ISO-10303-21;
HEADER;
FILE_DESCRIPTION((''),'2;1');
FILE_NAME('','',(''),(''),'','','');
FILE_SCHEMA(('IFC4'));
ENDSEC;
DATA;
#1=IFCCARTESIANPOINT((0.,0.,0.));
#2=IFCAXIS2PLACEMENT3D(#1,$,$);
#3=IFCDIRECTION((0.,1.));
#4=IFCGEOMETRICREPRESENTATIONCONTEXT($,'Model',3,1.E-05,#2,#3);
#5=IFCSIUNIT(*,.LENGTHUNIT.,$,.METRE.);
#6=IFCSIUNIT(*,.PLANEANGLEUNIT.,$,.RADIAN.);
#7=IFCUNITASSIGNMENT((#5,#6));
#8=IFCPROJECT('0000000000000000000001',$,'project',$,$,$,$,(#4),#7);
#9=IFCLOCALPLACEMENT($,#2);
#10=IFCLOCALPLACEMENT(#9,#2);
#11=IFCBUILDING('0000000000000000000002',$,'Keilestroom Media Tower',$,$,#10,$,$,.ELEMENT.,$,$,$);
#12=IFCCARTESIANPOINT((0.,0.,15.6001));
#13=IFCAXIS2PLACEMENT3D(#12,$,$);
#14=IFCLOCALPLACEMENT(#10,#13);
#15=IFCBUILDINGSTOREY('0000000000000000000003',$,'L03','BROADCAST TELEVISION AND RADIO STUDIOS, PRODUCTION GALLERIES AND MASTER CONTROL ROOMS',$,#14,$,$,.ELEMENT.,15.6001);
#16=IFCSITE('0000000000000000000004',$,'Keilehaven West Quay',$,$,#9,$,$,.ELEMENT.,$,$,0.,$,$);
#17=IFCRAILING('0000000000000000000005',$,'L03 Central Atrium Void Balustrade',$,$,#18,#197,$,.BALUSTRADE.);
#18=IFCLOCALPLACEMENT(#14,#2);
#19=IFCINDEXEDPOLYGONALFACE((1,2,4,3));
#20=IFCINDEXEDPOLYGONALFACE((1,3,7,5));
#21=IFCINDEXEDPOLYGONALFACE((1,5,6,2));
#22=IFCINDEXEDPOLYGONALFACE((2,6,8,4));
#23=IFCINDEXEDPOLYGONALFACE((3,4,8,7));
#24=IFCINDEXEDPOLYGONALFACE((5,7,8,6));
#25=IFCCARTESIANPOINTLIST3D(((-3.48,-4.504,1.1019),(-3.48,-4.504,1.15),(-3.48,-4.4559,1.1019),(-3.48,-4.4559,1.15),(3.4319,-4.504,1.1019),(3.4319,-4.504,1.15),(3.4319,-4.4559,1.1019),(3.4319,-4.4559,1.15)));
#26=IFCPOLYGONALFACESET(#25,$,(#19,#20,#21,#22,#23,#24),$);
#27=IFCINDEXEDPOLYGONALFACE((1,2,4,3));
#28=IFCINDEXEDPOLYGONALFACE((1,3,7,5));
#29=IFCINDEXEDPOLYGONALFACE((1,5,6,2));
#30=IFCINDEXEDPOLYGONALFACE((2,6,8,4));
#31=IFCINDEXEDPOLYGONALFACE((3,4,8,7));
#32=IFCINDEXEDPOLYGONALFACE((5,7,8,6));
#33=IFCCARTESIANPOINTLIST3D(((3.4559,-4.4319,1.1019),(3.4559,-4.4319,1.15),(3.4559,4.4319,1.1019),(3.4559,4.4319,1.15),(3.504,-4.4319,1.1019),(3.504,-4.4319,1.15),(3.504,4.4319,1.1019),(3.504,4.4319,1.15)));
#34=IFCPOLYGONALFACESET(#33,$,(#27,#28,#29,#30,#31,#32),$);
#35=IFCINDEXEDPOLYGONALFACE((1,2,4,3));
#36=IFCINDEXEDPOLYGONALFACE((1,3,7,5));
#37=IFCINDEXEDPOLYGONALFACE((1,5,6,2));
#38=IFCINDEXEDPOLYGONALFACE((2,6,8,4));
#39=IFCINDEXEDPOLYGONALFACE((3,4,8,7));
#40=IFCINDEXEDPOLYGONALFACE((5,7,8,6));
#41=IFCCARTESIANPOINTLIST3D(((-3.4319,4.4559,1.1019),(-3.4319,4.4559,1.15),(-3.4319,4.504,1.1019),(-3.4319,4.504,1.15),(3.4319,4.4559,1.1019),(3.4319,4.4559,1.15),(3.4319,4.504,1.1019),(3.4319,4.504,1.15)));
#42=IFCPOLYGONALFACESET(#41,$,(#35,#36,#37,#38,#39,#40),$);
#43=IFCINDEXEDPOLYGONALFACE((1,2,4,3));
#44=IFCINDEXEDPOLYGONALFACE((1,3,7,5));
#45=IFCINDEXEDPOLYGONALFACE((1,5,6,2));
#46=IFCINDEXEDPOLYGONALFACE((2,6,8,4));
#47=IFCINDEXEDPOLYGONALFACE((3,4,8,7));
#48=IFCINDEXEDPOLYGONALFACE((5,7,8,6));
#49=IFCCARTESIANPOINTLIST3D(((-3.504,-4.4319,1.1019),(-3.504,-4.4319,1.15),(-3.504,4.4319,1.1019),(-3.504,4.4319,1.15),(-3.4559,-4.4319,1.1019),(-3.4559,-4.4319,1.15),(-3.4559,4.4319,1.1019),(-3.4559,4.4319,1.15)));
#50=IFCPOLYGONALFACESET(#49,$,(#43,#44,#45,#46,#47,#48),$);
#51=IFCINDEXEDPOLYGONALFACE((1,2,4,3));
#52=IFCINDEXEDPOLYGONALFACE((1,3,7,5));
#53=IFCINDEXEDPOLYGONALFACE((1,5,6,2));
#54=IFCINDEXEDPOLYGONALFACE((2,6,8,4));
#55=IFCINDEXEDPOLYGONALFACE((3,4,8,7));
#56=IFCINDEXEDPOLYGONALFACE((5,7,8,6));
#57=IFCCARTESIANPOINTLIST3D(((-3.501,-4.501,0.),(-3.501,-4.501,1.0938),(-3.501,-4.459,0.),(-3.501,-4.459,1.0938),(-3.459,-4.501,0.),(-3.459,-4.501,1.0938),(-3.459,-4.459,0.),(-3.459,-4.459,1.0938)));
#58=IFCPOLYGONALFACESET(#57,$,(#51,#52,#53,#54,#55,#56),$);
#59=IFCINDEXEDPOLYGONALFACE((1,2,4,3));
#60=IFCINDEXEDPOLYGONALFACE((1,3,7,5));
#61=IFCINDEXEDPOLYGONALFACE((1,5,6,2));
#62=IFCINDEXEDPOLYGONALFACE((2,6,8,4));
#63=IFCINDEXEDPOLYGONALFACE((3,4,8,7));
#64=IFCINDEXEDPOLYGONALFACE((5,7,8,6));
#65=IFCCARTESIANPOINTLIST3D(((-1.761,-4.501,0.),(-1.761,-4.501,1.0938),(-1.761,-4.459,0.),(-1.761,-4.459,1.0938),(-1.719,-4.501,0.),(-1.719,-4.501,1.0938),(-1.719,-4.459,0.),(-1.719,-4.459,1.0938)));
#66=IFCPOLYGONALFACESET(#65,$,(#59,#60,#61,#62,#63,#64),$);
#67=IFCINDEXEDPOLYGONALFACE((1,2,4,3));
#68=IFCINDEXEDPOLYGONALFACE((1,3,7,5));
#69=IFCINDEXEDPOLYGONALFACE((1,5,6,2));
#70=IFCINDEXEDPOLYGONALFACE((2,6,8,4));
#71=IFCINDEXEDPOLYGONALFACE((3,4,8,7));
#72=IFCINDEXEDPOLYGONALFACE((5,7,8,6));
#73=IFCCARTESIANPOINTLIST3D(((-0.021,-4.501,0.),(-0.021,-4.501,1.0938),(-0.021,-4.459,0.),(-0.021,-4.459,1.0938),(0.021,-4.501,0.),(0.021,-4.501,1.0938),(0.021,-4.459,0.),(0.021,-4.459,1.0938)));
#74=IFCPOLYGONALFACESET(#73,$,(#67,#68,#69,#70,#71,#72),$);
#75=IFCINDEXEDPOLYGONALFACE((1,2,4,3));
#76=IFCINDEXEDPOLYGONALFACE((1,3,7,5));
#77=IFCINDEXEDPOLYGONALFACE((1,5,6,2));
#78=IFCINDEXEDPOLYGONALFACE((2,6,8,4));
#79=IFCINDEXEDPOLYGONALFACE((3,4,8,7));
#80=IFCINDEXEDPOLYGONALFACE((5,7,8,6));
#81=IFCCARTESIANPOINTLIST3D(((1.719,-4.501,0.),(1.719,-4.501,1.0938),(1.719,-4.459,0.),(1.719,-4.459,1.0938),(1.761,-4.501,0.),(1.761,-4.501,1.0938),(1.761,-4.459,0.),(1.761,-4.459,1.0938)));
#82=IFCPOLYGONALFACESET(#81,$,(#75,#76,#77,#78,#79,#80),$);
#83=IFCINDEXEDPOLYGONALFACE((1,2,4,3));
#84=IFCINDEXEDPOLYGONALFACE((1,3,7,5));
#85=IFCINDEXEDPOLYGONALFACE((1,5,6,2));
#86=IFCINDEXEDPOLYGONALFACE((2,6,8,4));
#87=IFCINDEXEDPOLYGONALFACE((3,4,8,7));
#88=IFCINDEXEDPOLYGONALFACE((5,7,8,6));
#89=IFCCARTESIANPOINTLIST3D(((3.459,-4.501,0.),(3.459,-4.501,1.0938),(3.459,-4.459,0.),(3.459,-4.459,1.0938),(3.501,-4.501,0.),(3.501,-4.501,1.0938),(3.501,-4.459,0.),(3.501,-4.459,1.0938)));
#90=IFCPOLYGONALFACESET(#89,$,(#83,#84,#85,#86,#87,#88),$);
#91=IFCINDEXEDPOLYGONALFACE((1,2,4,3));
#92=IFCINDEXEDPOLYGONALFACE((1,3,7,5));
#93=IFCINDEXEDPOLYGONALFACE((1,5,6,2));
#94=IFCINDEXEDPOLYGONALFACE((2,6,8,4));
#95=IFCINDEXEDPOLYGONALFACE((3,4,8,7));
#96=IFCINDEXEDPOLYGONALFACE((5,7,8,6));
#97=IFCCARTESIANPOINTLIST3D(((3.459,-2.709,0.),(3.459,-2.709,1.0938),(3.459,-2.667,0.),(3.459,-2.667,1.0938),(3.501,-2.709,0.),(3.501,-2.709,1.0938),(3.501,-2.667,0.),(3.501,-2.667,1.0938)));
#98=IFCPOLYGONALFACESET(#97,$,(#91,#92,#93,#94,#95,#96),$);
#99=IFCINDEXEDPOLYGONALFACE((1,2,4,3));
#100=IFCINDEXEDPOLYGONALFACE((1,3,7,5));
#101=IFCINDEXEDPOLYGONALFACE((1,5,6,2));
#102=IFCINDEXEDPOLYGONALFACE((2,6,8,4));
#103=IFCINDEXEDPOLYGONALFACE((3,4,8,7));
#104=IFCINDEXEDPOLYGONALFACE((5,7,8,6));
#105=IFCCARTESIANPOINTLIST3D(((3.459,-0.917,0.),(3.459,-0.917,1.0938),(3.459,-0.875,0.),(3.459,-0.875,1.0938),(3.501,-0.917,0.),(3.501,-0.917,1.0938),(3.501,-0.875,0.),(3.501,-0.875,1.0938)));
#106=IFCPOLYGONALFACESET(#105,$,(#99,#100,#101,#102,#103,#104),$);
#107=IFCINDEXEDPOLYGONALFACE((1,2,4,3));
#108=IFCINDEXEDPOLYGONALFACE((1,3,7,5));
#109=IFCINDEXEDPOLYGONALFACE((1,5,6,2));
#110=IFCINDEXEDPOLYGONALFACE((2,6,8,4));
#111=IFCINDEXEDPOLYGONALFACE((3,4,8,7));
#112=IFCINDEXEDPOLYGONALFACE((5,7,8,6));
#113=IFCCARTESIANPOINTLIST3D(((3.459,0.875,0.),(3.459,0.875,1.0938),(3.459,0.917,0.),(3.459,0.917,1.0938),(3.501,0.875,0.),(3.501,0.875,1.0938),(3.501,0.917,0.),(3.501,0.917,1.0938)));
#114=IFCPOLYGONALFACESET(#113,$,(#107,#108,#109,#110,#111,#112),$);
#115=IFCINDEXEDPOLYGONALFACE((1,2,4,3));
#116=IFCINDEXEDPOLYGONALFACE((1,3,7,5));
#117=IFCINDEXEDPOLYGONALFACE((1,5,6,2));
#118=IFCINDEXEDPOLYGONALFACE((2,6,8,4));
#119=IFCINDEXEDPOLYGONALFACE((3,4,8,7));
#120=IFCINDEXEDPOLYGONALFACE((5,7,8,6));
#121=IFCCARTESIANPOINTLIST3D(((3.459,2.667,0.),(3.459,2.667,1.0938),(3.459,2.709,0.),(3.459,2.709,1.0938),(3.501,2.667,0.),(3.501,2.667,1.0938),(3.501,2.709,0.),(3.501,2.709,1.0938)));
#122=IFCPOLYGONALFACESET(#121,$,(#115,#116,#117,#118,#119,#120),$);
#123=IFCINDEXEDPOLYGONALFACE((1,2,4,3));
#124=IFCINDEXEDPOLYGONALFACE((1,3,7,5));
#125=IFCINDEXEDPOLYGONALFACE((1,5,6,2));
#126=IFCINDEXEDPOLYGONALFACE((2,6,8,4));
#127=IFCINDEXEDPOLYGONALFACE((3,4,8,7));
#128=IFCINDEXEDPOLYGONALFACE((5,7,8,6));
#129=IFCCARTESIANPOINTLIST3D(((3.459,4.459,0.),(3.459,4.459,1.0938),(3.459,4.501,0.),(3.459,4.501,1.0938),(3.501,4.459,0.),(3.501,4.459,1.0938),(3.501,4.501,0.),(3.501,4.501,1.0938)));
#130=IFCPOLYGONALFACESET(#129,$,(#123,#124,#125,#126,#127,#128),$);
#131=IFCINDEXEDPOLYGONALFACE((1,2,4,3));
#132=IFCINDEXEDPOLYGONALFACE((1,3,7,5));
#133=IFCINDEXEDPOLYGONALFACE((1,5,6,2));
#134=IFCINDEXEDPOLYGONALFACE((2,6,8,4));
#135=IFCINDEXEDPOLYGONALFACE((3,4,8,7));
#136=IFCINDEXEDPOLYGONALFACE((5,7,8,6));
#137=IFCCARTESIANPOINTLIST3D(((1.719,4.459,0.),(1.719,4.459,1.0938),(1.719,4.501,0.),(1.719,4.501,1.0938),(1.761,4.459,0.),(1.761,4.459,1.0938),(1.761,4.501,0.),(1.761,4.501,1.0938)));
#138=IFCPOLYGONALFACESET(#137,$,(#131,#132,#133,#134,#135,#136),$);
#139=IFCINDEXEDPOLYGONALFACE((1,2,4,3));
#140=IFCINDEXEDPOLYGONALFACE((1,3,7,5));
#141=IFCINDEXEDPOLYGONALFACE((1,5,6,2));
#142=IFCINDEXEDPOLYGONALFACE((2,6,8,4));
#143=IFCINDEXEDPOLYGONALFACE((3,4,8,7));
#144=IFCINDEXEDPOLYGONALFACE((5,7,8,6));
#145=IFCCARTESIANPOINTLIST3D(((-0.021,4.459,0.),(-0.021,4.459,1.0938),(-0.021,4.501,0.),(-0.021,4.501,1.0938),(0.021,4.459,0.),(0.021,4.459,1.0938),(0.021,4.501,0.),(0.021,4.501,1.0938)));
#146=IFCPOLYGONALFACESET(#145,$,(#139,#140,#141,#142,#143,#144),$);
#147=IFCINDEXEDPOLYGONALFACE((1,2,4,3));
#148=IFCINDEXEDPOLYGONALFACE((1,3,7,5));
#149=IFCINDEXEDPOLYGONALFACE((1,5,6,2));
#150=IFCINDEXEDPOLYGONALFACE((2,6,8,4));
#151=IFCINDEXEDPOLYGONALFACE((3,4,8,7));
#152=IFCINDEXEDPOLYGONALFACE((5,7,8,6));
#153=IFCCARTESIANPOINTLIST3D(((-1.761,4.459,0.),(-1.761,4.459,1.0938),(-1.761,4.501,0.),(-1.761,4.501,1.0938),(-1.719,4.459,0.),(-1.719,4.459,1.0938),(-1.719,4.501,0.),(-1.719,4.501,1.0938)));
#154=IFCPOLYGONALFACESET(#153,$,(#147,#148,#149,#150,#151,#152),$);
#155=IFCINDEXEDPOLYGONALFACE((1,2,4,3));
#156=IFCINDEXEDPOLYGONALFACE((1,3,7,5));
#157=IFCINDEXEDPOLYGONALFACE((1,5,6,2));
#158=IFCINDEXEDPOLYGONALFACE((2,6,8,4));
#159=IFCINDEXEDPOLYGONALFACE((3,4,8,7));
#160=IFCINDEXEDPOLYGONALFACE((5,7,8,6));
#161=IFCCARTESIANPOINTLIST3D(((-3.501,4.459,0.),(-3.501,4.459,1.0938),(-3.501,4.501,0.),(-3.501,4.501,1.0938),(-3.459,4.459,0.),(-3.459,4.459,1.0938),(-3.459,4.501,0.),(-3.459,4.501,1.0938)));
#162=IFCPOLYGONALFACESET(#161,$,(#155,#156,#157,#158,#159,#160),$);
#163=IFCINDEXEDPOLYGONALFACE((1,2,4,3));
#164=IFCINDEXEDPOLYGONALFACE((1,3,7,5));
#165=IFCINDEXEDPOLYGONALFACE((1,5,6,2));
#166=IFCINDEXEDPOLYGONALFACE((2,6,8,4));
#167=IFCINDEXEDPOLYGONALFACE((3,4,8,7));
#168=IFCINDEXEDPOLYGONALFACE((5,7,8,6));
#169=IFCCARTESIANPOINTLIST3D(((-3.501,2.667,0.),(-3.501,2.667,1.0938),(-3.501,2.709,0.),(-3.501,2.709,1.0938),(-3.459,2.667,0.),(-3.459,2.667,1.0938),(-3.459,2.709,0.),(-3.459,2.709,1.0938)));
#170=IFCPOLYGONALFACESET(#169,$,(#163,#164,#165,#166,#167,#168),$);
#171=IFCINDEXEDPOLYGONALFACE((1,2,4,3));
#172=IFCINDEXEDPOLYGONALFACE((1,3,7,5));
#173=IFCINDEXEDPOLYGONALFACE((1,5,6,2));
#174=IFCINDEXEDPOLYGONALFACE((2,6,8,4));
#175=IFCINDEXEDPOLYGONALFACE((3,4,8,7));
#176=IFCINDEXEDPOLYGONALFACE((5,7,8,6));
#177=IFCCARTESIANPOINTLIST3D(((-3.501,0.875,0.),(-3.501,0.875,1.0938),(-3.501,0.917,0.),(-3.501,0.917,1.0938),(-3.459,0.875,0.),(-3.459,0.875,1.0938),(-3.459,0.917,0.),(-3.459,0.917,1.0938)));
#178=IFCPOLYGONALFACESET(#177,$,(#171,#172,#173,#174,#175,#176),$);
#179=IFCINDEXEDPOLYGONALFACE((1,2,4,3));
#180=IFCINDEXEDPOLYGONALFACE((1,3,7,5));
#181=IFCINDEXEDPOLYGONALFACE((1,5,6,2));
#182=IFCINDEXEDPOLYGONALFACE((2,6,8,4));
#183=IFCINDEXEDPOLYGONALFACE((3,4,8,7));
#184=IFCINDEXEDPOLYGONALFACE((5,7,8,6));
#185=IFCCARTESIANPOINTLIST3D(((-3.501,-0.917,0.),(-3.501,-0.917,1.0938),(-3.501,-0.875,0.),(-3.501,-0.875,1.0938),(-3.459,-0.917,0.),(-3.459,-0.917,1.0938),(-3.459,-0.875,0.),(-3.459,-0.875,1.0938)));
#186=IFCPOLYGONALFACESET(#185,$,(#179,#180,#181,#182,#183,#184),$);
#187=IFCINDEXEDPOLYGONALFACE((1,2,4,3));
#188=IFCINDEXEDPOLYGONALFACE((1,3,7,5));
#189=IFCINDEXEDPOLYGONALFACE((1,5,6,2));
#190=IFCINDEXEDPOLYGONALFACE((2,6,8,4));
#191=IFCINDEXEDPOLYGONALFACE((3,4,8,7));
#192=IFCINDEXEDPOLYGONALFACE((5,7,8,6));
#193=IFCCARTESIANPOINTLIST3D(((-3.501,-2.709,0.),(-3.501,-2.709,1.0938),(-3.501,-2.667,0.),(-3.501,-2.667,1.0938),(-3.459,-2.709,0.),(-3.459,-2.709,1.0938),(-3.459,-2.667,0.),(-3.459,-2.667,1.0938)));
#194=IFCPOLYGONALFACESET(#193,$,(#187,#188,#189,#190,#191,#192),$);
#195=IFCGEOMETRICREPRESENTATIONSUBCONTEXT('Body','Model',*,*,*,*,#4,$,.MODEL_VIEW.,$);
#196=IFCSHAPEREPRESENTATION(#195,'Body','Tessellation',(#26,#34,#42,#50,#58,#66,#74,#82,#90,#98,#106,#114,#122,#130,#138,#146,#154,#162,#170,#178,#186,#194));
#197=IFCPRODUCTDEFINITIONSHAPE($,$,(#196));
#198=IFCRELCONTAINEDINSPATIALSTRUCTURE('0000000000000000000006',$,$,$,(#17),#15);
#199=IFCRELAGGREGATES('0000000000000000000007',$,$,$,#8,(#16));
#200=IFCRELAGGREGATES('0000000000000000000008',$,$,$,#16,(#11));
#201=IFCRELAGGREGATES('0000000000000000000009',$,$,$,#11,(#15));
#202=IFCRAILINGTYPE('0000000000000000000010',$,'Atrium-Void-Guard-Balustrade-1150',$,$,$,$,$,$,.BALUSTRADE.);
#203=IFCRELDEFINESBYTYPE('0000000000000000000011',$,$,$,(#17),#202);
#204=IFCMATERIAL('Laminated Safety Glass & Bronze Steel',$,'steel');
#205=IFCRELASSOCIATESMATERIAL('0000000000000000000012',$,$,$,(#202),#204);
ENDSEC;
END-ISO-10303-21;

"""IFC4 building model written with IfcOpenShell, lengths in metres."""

from ifc_helpers import new_model, si_unit, direction, frame, origin, origin_2d, place, context, subcontext, project, spatial, rectangle, extrude, material, type_object, element, save


model = new_model("IFC4")

# Units and contexts
model_context = context("Model", 3, precision=1e-05, world=origin(), true_north=direction((0.0, 1.0)))
body_context = subcontext(model_context, "Body", "Model", "MODEL_VIEW")
ifc_project = project(units=[si_unit("LENGTHUNIT", "METRE"), si_unit("PLANEANGLEUNIT", "RADIAN")], contexts=[model_context])

# Site, building, storey
site_placement = place(None, origin())
site = spatial("IfcSite", under=ifc_project, at=site_placement, Name="Keilehaven West Quay", CompositionType="ELEMENT", RefElevation=0.0)
building_placement = place(site_placement, origin())
building = spatial("IfcBuilding", under=site, at=building_placement, Name="Keilestroom Media Tower", CompositionType="ELEMENT")
storey_placement = place(building_placement, frame((0.0, 0.0, 15.6001)))
storey = spatial("IfcBuildingStorey", under=building, at=storey_placement, Name="L03", Description="BROADCAST TELEVISION AND RADIO STUDIOS, PRODUCTION GALLERIES AND MASTER CONTROL ROOMS", CompositionType="ELEMENT", Elevation=15.6001)

# Railing
ifc_material_1 = material(Name="Laminated Safety Glass & Bronze Steel", Category="steel")
railing_type = type_object("IfcRailingType", Name="Atrium-Void-Guard-Balustrade-1150", PredefinedType="BALUSTRADE", material=ifc_material_1)
railing_placement = place(storey_placement, frame((-3.48, -4.48, 0.0)))
element("IfcRailing", 1, at=railing_placement, inside=storey, type_object=railing_type, Name="L03 Central Atrium Void Balustrade", PredefinedType="BALUSTRADE", context=body_context, shape_type="SweptSolid", body=[
    extrude(rectangle(XDim=0.0481, YDim=0.0481, at=origin_2d()), frame((0.0, 0.0, 1.126), z_axis=(1.0, 0.0, 0.0), x_axis=(0.0, 1.0, 0.0)), (0.0, 0.0, 1.0), 6.9119),
    extrude(rectangle(XDim=0.0481, YDim=0.0481, at=origin_2d()), frame((6.96, 0.0481, 1.126), z_axis=(0.0, 1.0, 0.0), x_axis=(-1.0, 0.0, 0.0)), (0.0, 0.0, 1.0), 8.8638),
    extrude(rectangle(XDim=0.0481, YDim=0.0481, at=origin_2d()), frame((6.9119, 8.96, 1.126), z_axis=(-1.0, 0.0, 0.0), x_axis=(0.0, -1.0, 0.0)), (0.0, 0.0, 1.0), 6.8638),
    extrude(rectangle(XDim=0.0481, YDim=0.0481, at=origin_2d()), frame((0.0, 8.9119, 1.126), z_axis=(0.0, -1.0, 0.0), x_axis=(1.0, 0.0, 0.0)), (0.0, 0.0, 1.0), 8.8638),
    extrude(rectangle(XDim=0.042, YDim=0.042, at=origin_2d()), origin(), (0.0, 0.0, 1.0), 1.0938),
    extrude(rectangle(XDim=0.042, YDim=0.042, at=origin_2d()), frame((1.74, 0.0, 0.0)), (0.0, 0.0, 1.0), 1.0938),
    extrude(rectangle(XDim=0.042, YDim=0.042, at=origin_2d()), frame((3.48, 0.0, 0.0)), (0.0, 0.0, 1.0), 1.0938),
    extrude(rectangle(XDim=0.042, YDim=0.042, at=origin_2d()), frame((5.22, 0.0, 0.0)), (0.0, 0.0, 1.0), 1.0938),
    extrude(rectangle(XDim=0.042, YDim=0.042, at=origin_2d()), frame((6.96, 0.0, 0.0)), (0.0, 0.0, 1.0), 1.0938),
    extrude(rectangle(XDim=0.042, YDim=0.042, at=origin_2d()), frame((6.96, 1.792, 0.0)), (0.0, 0.0, 1.0), 1.0938),
    extrude(rectangle(XDim=0.042, YDim=0.042, at=origin_2d()), frame((6.96, 3.584, 0.0)), (0.0, 0.0, 1.0), 1.0938),
    extrude(rectangle(XDim=0.042, YDim=0.042, at=origin_2d()), frame((6.96, 5.376, 0.0)), (0.0, 0.0, 1.0), 1.0938),
    extrude(rectangle(XDim=0.042, YDim=0.042, at=origin_2d()), frame((6.96, 7.168, 0.0)), (0.0, 0.0, 1.0), 1.0938),
    extrude(rectangle(XDim=0.042, YDim=0.042, at=origin_2d()), frame((6.96, 8.96, 0.0)), (0.0, 0.0, 1.0), 1.0938),
    extrude(rectangle(XDim=0.042, YDim=0.042, at=origin_2d()), frame((5.22, 8.96, 0.0)), (0.0, 0.0, 1.0), 1.0938),
    extrude(rectangle(XDim=0.042, YDim=0.042, at=origin_2d()), frame((3.48, 8.96, 0.0)), (0.0, 0.0, 1.0), 1.0938),
    extrude(rectangle(XDim=0.042, YDim=0.042, at=origin_2d()), frame((1.74, 8.96, 0.0)), (0.0, 0.0, 1.0), 1.0938),
    extrude(rectangle(XDim=0.042, YDim=0.042, at=origin_2d()), frame((0.0, 8.96, 0.0)), (0.0, 0.0, 1.0), 1.0938),
    extrude(rectangle(XDim=0.042, YDim=0.042, at=origin_2d()), frame((0.0, 7.168, 0.0)), (0.0, 0.0, 1.0), 1.0938),
    extrude(rectangle(XDim=0.042, YDim=0.042, at=origin_2d()), frame((0.0, 5.376, 0.0)), (0.0, 0.0, 1.0), 1.0938),
    extrude(rectangle(XDim=0.042, YDim=0.042, at=origin_2d()), frame((0.0, 3.584, 0.0)), (0.0, 0.0, 1.0), 1.0938),
    extrude(rectangle(XDim=0.042, YDim=0.042, at=origin_2d()), frame((0.0, 1.792, 0.0)), (0.0, 0.0, 1.0), 1.0938),
])

save(model, "model.ifc")
